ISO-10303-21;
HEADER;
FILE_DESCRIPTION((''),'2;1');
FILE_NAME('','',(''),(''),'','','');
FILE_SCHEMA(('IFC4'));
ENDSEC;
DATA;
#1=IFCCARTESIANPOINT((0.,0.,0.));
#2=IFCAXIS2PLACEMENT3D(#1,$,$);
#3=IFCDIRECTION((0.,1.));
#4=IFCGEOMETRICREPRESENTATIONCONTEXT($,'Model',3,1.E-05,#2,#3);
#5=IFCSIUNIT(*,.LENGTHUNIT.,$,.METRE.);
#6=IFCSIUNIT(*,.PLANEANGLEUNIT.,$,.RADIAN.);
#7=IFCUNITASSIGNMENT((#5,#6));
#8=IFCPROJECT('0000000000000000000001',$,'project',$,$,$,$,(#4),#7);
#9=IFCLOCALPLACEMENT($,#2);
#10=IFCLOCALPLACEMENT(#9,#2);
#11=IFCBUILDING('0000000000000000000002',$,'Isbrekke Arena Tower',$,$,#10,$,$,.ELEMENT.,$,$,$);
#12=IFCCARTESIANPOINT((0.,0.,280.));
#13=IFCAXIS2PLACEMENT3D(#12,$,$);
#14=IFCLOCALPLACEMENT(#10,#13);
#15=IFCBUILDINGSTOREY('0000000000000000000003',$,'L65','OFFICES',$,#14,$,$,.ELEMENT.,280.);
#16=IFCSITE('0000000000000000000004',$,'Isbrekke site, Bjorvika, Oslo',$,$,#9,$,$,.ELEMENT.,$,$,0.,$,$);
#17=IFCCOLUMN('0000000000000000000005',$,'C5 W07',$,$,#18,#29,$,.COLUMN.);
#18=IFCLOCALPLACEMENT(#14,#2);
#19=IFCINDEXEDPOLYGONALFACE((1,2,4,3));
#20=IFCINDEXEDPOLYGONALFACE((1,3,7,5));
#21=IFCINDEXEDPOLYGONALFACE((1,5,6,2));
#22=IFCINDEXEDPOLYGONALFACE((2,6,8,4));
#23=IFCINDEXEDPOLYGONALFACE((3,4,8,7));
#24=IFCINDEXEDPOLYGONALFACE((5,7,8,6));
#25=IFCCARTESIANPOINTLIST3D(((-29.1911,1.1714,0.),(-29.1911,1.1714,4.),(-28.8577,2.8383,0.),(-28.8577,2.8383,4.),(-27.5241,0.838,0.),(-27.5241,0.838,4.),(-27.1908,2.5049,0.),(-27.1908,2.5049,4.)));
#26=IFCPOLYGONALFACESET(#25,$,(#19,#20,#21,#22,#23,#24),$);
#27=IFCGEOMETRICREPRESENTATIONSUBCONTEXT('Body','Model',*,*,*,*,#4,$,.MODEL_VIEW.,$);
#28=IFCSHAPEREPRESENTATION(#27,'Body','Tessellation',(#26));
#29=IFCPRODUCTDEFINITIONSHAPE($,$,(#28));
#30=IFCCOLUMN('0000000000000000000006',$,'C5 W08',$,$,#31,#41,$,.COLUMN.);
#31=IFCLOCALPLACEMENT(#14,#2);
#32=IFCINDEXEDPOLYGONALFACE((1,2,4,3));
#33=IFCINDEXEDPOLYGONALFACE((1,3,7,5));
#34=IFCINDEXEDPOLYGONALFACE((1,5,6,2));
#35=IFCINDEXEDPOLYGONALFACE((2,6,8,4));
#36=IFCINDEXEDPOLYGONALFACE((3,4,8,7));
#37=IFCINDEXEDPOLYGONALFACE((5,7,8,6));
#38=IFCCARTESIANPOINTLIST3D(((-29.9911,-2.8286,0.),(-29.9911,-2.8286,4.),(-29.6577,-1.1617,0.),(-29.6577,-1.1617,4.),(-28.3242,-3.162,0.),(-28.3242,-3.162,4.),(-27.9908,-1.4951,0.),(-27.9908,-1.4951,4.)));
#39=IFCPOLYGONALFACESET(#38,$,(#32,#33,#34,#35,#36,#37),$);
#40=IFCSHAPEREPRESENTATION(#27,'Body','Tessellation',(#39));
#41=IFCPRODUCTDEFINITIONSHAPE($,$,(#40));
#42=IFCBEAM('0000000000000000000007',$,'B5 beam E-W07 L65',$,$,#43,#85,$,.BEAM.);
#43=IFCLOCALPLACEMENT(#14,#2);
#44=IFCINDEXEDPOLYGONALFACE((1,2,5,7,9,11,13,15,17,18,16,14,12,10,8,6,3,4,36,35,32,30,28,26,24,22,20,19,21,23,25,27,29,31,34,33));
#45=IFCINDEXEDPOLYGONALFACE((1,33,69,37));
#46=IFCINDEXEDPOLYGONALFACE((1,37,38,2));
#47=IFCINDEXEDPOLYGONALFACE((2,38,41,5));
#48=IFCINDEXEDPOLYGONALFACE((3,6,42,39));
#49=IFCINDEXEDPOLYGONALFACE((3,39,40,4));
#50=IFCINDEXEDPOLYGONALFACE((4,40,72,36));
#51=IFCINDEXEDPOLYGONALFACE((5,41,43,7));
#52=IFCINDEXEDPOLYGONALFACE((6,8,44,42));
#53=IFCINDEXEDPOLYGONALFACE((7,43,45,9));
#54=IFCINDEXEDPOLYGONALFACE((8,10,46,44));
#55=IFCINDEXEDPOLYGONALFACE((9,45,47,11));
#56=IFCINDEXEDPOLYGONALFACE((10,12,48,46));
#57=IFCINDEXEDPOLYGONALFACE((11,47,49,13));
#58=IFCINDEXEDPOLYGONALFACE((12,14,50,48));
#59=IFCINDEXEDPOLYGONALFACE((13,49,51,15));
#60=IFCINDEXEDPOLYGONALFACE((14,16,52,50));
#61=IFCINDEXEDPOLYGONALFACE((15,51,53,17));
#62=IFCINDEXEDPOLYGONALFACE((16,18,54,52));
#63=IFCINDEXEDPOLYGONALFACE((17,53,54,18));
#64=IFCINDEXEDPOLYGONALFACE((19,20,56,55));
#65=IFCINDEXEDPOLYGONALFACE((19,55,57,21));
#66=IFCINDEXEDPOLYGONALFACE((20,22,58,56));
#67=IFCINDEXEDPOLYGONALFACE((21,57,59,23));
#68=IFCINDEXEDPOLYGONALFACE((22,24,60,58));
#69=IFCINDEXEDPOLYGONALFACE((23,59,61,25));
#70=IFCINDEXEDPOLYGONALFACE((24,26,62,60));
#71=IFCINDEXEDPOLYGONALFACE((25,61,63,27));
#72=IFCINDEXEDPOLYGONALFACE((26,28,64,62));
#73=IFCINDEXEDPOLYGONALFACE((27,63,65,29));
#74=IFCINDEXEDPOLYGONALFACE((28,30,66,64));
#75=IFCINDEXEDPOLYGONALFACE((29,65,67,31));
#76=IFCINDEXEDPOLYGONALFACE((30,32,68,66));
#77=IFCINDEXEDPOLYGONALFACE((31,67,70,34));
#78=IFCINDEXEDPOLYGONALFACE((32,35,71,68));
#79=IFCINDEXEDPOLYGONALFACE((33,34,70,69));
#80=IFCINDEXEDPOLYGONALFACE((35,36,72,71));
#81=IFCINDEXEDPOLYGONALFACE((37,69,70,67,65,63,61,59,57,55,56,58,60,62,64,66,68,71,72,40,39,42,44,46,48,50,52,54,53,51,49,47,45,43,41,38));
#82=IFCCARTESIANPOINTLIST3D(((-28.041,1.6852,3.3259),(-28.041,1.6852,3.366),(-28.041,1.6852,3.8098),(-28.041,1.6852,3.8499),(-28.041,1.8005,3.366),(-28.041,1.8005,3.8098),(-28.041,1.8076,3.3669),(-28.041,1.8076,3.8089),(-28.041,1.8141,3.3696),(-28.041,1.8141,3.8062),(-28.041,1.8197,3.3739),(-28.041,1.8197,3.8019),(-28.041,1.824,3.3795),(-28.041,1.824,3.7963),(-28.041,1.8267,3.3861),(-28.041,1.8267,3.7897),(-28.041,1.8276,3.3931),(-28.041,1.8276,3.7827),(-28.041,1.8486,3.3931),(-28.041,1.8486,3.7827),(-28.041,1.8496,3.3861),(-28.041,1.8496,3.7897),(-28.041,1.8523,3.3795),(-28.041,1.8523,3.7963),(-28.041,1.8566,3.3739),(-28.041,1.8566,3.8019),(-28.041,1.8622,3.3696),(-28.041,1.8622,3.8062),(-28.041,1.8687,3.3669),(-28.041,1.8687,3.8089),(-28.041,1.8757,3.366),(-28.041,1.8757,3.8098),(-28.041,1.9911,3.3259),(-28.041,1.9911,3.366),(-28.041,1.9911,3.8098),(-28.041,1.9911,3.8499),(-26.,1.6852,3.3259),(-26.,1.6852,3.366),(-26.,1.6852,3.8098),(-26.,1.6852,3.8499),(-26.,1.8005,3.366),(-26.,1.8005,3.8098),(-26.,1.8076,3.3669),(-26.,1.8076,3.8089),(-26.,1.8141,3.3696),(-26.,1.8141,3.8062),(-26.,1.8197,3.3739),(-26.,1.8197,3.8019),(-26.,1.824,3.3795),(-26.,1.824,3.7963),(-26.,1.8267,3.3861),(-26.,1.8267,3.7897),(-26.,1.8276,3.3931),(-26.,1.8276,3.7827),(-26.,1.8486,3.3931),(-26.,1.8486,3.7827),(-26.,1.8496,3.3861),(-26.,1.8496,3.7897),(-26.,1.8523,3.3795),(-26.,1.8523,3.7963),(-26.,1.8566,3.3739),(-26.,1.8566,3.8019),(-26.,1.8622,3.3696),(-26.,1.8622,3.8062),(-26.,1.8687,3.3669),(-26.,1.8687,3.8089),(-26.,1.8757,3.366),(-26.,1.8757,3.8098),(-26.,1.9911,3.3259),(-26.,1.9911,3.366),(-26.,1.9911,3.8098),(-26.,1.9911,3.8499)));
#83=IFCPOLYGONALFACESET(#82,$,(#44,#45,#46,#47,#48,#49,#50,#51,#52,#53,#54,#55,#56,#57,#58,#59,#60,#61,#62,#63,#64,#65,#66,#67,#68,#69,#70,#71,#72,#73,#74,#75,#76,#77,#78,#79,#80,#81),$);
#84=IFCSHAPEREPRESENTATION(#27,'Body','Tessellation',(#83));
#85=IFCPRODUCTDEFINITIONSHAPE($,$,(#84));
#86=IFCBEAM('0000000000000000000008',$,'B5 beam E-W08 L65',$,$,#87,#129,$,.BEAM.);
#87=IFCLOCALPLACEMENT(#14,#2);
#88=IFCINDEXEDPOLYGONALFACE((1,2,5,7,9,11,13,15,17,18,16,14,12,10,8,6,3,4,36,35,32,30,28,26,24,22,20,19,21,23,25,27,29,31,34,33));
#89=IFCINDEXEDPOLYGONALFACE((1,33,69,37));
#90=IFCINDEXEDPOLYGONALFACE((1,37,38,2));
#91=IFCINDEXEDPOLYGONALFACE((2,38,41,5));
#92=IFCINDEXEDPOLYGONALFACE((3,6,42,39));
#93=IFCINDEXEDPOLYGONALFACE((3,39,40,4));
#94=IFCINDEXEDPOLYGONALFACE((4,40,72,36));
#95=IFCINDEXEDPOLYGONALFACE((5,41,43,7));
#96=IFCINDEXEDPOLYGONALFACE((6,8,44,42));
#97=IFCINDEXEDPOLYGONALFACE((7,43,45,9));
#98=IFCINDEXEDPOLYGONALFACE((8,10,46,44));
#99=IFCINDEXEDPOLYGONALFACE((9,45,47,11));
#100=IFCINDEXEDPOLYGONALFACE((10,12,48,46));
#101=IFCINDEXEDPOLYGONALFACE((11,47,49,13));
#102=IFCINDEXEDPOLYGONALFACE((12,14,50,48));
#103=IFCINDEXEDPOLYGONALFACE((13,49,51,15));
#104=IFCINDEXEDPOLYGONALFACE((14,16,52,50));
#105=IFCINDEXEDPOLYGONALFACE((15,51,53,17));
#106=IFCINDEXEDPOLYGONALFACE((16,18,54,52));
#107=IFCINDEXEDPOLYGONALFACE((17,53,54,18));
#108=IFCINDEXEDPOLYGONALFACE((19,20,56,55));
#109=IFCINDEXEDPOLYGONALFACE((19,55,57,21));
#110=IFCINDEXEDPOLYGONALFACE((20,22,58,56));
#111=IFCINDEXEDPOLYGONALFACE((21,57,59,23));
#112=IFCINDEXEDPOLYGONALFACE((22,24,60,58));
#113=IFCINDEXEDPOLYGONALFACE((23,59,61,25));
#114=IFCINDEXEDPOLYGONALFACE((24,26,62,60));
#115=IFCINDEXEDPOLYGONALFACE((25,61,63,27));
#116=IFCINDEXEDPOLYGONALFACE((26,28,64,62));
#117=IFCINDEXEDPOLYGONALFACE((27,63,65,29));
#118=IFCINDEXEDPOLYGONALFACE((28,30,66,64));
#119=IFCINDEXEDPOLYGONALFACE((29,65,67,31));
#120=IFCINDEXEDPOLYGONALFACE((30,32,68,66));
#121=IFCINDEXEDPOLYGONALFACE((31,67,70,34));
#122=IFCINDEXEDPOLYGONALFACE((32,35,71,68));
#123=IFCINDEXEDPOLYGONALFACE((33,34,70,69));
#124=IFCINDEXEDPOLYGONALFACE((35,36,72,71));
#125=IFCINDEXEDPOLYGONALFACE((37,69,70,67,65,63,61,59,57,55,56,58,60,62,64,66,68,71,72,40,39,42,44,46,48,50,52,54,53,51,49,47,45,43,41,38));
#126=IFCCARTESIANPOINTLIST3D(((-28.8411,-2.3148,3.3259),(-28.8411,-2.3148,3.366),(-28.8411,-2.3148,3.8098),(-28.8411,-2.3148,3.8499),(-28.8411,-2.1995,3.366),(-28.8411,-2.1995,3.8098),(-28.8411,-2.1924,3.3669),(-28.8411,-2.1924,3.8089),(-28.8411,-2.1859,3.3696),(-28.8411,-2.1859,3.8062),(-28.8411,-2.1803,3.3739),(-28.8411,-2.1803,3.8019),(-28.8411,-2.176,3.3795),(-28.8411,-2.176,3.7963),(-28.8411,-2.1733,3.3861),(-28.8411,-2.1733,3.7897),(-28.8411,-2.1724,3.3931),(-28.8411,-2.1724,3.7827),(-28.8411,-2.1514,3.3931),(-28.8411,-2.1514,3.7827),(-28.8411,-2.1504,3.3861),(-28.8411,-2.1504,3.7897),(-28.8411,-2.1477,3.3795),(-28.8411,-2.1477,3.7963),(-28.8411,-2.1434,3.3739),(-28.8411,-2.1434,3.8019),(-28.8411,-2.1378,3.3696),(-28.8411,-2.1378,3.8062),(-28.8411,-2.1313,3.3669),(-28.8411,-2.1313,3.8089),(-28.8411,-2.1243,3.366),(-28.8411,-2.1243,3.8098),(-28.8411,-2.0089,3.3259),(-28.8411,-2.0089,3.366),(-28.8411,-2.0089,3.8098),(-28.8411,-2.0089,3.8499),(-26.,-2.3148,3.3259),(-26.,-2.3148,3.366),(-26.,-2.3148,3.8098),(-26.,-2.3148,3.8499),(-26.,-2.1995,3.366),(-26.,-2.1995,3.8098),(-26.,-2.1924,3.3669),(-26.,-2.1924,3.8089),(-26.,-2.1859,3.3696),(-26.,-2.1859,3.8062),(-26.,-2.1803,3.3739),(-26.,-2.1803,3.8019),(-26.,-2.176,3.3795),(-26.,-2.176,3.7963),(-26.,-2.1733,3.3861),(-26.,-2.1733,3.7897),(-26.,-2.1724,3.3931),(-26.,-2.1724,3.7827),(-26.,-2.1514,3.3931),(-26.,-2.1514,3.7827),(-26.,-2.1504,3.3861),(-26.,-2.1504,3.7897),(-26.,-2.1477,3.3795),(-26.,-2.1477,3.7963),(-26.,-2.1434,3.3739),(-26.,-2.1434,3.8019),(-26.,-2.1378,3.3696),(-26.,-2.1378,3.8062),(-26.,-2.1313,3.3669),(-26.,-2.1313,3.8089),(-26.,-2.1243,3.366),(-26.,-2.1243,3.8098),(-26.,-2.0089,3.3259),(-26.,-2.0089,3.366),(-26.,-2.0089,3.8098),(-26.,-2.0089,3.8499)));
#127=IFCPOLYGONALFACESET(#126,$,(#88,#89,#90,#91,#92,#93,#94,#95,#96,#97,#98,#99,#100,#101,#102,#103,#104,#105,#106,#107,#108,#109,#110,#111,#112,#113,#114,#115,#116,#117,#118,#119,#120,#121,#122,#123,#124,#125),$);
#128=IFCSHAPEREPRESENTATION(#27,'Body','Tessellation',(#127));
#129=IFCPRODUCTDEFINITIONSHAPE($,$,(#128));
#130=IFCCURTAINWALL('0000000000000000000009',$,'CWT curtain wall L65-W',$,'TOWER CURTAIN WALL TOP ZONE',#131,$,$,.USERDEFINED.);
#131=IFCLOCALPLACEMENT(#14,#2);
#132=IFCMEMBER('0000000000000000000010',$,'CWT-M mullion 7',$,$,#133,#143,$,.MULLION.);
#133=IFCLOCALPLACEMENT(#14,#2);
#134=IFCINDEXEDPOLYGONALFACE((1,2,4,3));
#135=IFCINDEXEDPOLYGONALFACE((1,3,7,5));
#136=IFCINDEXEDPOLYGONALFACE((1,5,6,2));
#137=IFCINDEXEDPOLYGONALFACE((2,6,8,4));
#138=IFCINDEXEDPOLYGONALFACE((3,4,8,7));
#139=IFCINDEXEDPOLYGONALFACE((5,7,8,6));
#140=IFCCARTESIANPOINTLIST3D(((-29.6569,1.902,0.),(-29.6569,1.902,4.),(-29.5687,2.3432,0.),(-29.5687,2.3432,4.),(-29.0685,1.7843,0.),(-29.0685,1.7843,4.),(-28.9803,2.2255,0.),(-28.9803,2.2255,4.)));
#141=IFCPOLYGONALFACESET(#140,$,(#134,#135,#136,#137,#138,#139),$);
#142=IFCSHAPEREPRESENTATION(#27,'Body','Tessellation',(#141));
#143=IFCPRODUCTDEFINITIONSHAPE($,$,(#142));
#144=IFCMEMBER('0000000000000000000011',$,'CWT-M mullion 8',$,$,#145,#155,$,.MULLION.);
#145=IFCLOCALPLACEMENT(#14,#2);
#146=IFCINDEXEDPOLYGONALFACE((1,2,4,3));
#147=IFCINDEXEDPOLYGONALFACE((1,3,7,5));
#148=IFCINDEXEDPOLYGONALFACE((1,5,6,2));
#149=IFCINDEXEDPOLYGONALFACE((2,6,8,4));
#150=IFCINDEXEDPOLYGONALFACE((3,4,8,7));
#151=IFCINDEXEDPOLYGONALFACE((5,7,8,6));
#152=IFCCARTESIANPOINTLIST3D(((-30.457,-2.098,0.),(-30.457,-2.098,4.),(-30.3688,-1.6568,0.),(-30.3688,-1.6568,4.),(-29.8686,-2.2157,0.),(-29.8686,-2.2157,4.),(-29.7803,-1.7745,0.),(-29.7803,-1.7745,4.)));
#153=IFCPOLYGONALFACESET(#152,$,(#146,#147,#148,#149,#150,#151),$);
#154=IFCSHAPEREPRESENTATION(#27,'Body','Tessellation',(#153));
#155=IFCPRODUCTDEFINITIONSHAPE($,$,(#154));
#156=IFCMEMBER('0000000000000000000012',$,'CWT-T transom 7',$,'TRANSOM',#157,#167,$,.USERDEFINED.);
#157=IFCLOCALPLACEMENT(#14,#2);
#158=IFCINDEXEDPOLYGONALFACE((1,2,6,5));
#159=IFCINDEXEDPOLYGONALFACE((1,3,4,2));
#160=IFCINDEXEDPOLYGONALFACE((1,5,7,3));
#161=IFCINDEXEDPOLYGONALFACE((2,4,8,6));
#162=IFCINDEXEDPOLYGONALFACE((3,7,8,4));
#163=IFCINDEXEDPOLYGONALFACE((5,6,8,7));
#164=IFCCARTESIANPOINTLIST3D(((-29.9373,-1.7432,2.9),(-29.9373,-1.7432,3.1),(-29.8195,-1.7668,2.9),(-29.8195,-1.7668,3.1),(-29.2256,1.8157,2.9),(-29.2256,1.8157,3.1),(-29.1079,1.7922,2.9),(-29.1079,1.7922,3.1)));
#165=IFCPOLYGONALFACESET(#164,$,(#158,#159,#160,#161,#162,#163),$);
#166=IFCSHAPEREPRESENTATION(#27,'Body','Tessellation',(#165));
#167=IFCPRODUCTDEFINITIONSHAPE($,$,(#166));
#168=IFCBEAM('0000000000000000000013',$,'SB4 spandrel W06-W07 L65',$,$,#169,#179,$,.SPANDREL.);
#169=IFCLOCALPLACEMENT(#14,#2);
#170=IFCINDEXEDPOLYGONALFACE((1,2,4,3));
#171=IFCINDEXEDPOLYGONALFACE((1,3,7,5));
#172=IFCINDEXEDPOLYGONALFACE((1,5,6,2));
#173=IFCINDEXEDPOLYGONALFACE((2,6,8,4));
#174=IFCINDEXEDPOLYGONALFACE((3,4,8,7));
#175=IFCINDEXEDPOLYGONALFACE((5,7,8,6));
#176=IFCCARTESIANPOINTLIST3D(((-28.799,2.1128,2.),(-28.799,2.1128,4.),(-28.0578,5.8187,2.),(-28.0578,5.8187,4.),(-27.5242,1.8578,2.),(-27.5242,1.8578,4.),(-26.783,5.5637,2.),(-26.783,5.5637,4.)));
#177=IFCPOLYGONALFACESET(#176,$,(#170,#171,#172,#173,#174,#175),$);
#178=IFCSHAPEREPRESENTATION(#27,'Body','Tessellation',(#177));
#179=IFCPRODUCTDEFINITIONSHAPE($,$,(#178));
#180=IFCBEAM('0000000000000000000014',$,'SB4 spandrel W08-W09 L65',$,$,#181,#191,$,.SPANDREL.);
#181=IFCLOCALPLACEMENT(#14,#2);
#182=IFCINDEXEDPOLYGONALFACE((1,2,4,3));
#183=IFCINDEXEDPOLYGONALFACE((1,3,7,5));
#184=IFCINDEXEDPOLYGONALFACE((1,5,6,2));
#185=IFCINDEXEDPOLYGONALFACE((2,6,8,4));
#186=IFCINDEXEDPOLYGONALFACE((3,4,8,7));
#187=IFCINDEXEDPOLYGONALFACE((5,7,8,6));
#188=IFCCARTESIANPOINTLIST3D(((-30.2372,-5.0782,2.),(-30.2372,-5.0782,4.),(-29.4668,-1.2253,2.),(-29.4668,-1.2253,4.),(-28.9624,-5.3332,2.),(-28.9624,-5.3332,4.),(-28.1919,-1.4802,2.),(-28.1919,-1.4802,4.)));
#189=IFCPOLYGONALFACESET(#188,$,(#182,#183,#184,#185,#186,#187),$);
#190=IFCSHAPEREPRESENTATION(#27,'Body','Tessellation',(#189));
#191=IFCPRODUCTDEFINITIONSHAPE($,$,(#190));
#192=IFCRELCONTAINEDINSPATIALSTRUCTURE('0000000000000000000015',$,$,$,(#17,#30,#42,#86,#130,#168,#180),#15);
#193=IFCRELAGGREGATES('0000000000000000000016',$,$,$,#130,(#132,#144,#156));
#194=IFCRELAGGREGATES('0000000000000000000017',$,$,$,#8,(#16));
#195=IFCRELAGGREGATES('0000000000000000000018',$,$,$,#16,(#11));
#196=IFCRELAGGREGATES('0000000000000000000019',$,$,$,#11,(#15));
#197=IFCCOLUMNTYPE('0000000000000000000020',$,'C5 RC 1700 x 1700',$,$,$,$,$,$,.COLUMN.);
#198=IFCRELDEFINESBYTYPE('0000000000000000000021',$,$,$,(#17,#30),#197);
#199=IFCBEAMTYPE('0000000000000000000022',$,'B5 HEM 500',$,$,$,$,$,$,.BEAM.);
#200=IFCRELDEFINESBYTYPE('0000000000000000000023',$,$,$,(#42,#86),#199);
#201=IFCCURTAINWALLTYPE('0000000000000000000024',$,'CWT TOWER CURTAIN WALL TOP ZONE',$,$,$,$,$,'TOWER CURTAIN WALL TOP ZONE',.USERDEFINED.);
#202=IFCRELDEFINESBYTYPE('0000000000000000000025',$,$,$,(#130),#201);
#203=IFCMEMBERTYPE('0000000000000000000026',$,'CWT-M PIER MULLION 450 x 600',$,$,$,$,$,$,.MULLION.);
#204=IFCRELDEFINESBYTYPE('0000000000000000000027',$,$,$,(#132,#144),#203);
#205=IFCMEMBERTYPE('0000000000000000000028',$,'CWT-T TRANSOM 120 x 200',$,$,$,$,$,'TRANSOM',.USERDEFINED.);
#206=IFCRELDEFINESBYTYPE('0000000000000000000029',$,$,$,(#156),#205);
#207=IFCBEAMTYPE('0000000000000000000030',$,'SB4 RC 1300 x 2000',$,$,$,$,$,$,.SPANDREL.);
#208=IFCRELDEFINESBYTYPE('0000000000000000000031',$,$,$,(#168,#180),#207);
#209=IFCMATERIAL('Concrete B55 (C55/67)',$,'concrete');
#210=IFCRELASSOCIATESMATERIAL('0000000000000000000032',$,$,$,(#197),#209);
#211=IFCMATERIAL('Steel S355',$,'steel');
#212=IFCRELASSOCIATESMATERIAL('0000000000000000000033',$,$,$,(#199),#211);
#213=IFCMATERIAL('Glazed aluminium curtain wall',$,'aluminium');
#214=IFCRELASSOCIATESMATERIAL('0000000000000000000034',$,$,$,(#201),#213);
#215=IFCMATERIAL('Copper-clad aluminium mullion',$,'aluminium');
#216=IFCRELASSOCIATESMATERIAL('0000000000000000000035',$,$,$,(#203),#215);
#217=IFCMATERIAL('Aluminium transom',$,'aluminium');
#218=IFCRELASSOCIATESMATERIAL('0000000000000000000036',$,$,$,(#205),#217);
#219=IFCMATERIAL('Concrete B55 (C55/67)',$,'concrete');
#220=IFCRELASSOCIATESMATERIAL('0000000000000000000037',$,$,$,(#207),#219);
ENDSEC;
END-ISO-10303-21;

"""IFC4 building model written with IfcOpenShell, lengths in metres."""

from ifc_helpers import new_model, si_unit, direction, frame, origin, origin_2d, place, context, subcontext, project, spatial, rectangle, i_section, extrude, material, material_profile, profile_set, type_object, element, aggregate, save


model = new_model("IFC4")

# Units and contexts
model_context = context("Model", 3, precision=1e-05, world=origin(), true_north=direction((0.0, 1.0)))
body_context = subcontext(model_context, "Body", "Model", "MODEL_VIEW")
ifc_project = project(units=[si_unit("LENGTHUNIT", "METRE"), si_unit("PLANEANGLEUNIT", "RADIAN")], contexts=[model_context])

# Site, building, storey
site_placement = place(None, origin())
site = spatial("IfcSite", under=ifc_project, at=site_placement, Name="Isbrekke site, Bjorvika, Oslo", CompositionType="ELEMENT", RefElevation=0.0)
building_placement = place(site_placement, origin())
building = spatial("IfcBuilding", under=site, at=building_placement, Name="Isbrekke Arena Tower", CompositionType="ELEMENT")
storey_placement = place(building_placement, frame((0.0, 0.0, 280.0)))
storey = spatial("IfcBuildingStorey", under=building, at=storey_placement, Name="L65", Description="OFFICES", CompositionType="ELEMENT", Elevation=280.0)

# Columns
ifc_material_1 = material(Name="Concrete B55 (C55/67)", Category="concrete")
ifc_material_profile_1 = material_profile(ifc_material_1, rectangle(XDim=1.7, YDim=1.7, at=origin_2d()), Name="RC 1700x1700")
ifc_profile_set_1 = profile_set([ifc_material_profile_1], Name="Concrete B55 (C55/67)")
column_type = type_object("IfcColumnType", Name="C5 RC 1700 x 1700", PredefinedType="COLUMN", material=ifc_profile_set_1)
for number, where, z_axis, x_axis, name in (
    (1, (-28.1909, 1.8381, 0.0), (0.0, 0.0, 1.0), (-0.196116, -0.980581, 0.0), "C5 W07"),
    (2, (-28.991, -2.1619, 0.0), (0.0, 0.0, 1.0), (-0.196116, -0.980581, 0.0), "C5 W08"),
):
    element("IfcColumn", number, at=place(storey_placement, frame(where, z_axis=z_axis, x_axis=x_axis)), inside=storey, type_object=column_type, Name=name, PredefinedType="COLUMN", context=body_context, shape_type="SweptSolid", body=[
        extrude(rectangle(XDim=1.7, YDim=1.7, at=origin_2d()), origin(), (0.0, 0.0, 1.0), 4.0),
    ])

# Beams
ifc_material_2 = material(Name="Steel S355", Category="steel")
ifc_material_profile_2 = material_profile(ifc_material_2, i_section(OverallWidth=0.3059, OverallDepth=0.5239, WebThickness=0.021, FlangeThickness=0.04, FilletRadius=0.0271, at=origin_2d()), Name="HEM 500")
ifc_profile_set_2 = profile_set([ifc_material_profile_2], Name="Steel S355")
beam_type_1 = type_object("IfcBeamType", Name="B5 HEM 500", PredefinedType="BEAM", material=ifc_profile_set_2)
beam_1_placement = place(storey_placement, frame((-28.041, 1.8381, 3.5879), z_axis=(1.0, 0.0, 0.0), x_axis=(0.0, 1.0, 0.0)))
element("IfcBeam", 3, at=beam_1_placement, inside=storey, type_object=beam_type_1, Name="B5 beam E-W07 L65", PredefinedType="BEAM", context=body_context, shape_type="SweptSolid", body=[
    extrude(i_section(OverallWidth=0.3059, OverallDepth=0.5239, WebThickness=0.021, FlangeThickness=0.04, FilletRadius=0.0271, at=origin_2d()), origin(), (0.0, 0.0, 1.0), 2.041),
])
beam_2_placement = place(storey_placement, frame((-28.8411, -2.1619, 3.5879), z_axis=(1.0, 0.0, 0.0), x_axis=(0.0, 1.0, 0.0)))
element("IfcBeam", 4, at=beam_2_placement, inside=storey, type_object=beam_type_1, Name="B5 beam E-W08 L65", PredefinedType="BEAM", context=body_context, shape_type="SweptSolid", body=[
    extrude(i_section(OverallWidth=0.3059, OverallDepth=0.5239, WebThickness=0.021, FlangeThickness=0.04, FilletRadius=0.0271, at=origin_2d()), origin(), (0.0, 0.0, 1.0), 2.8411),
])

# Curtain wall, members
ifc_material_3 = material(Name="Glazed aluminium curtain wall", Category="aluminium")
curtain_wall_type = type_object("IfcCurtainWallType", Name="CWT TOWER CURTAIN WALL TOP ZONE", ElementType="TOWER CURTAIN WALL TOP ZONE", PredefinedType="USERDEFINED", material=ifc_material_3)
curtain_wall_placement = place(storey_placement, origin())
curtain_wall = element("IfcCurtainWall", 5, at=curtain_wall_placement, inside=storey, type_object=curtain_wall_type, Name="CWT curtain wall L65-W", ObjectType="TOWER CURTAIN WALL TOP ZONE", PredefinedType="USERDEFINED")
ifc_material_4 = material(Name="Copper-clad aluminium mullion", Category="aluminium")
ifc_material_profile_3 = material_profile(ifc_material_4, rectangle(XDim=0.45, YDim=0.6001, at=origin_2d()), Name="PIER 450X600")
ifc_profile_set_3 = profile_set([ifc_material_profile_3], Name="Copper-clad aluminium mullion")
member_type_1 = type_object("IfcMemberType", Name="CWT-M PIER MULLION 450 x 600", PredefinedType="MULLION", material=ifc_profile_set_3)
member_1_placement = place(storey_placement, frame((-29.3186, 2.0637, 0.0), z_axis=(0.0, 0.0, 1.0), x_axis=(-0.196116, -0.980581, 0.0)))
member_1 = element("IfcMember", 6, at=member_1_placement, type_object=member_type_1, Name="CWT-M mullion 7", PredefinedType="MULLION", context=body_context, shape_type="SweptSolid", body=[
    extrude(rectangle(XDim=0.45, YDim=0.6001, at=origin_2d()), origin(), (0.0, 0.0, 1.0), 4.0),
])
member_2_placement = place(storey_placement, frame((-30.1187, -1.9363, 0.0), z_axis=(0.0, 0.0, 1.0), x_axis=(-0.196116, -0.980581, 0.0)))
member_2 = element("IfcMember", 7, at=member_2_placement, type_object=member_type_1, Name="CWT-M mullion 8", PredefinedType="MULLION", context=body_context, shape_type="SweptSolid", body=[
    extrude(rectangle(XDim=0.45, YDim=0.6001, at=origin_2d()), origin(), (0.0, 0.0, 1.0), 4.0),
])
ifc_material_5 = material(Name="Aluminium transom", Category="aluminium")
ifc_material_profile_4 = material_profile(ifc_material_5, rectangle(XDim=0.1201, YDim=0.2, at=origin_2d()), Name="TRANSOM 120X200")
ifc_profile_set_4 = profile_set([ifc_material_profile_4], Name="Aluminium transom")
member_type_2 = type_object("IfcMemberType", Name="CWT-T TRANSOM 120 x 200", ElementType="TRANSOM", PredefinedType="USERDEFINED", material=ifc_profile_set_4)
member_3_placement = place(storey_placement, frame((-29.1667, 1.804, 3.0), z_axis=(-0.19609, -0.980586, 0.0), x_axis=(0.980586, -0.19609, 0.0)))
member_3 = element("IfcMember", 8, at=member_3_placement, type_object=member_type_2, Name="CWT-T transom 7", ObjectType="TRANSOM", PredefinedType="USERDEFINED", context=body_context, shape_type="SweptSolid", body=[
    extrude(rectangle(XDim=0.1201, YDim=0.2, at=origin_2d()), origin(), (0.0, 0.0, 1.0), 3.6294),
])

# Beams
ifc_material_6 = material(Name="Concrete B55 (C55/67)", Category="concrete")
ifc_material_profile_5 = material_profile(ifc_material_6, rectangle(XDim=1.3, YDim=2.0, at=origin_2d()), Name="RC 1300x2000")
ifc_profile_set_5 = profile_set([ifc_material_profile_5], Name="Concrete B55 (C55/67)")
beam_type_2 = type_object("IfcBeamType", Name="SB4 RC 1300 x 2000", PredefinedType="SPANDREL", material=ifc_profile_set_5)
beam_3_placement = place(storey_placement, frame((-27.4204, 5.6912, 3.0), z_axis=(-0.196129, -0.980578, 0.0), x_axis=(0.980578, -0.196129, 0.0)))
element("IfcBeam", 9, at=beam_3_placement, inside=storey, type_object=beam_type_2, Name="SB4 spandrel W06-W07 L65", PredefinedType="SPANDREL", context=body_context, shape_type="SweptSolid", body=[
    extrude(rectangle(XDim=1.3, YDim=2.0, at=origin_2d()), origin(), (0.0, 0.0, 1.0), 3.7793),
])
beam_4_placement = place(storey_placement, frame((-28.8293, -1.3528, 3.0), z_axis=(-0.196092, -0.980585, 0.0), x_axis=(0.980585, -0.196092, 0.0)))
element("IfcBeam", 10, at=beam_4_placement, inside=storey, type_object=beam_type_2, Name="SB4 spandrel W08-W09 L65", PredefinedType="SPANDREL", context=body_context, shape_type="SweptSolid", body=[
    extrude(rectangle(XDim=1.3, YDim=2.0, at=origin_2d()), origin(), (0.0, 0.0, 1.0), 3.9292),
])

aggregate(curtain_wall, [member_1, member_2, member_3])

save(model, "model.ifc")
